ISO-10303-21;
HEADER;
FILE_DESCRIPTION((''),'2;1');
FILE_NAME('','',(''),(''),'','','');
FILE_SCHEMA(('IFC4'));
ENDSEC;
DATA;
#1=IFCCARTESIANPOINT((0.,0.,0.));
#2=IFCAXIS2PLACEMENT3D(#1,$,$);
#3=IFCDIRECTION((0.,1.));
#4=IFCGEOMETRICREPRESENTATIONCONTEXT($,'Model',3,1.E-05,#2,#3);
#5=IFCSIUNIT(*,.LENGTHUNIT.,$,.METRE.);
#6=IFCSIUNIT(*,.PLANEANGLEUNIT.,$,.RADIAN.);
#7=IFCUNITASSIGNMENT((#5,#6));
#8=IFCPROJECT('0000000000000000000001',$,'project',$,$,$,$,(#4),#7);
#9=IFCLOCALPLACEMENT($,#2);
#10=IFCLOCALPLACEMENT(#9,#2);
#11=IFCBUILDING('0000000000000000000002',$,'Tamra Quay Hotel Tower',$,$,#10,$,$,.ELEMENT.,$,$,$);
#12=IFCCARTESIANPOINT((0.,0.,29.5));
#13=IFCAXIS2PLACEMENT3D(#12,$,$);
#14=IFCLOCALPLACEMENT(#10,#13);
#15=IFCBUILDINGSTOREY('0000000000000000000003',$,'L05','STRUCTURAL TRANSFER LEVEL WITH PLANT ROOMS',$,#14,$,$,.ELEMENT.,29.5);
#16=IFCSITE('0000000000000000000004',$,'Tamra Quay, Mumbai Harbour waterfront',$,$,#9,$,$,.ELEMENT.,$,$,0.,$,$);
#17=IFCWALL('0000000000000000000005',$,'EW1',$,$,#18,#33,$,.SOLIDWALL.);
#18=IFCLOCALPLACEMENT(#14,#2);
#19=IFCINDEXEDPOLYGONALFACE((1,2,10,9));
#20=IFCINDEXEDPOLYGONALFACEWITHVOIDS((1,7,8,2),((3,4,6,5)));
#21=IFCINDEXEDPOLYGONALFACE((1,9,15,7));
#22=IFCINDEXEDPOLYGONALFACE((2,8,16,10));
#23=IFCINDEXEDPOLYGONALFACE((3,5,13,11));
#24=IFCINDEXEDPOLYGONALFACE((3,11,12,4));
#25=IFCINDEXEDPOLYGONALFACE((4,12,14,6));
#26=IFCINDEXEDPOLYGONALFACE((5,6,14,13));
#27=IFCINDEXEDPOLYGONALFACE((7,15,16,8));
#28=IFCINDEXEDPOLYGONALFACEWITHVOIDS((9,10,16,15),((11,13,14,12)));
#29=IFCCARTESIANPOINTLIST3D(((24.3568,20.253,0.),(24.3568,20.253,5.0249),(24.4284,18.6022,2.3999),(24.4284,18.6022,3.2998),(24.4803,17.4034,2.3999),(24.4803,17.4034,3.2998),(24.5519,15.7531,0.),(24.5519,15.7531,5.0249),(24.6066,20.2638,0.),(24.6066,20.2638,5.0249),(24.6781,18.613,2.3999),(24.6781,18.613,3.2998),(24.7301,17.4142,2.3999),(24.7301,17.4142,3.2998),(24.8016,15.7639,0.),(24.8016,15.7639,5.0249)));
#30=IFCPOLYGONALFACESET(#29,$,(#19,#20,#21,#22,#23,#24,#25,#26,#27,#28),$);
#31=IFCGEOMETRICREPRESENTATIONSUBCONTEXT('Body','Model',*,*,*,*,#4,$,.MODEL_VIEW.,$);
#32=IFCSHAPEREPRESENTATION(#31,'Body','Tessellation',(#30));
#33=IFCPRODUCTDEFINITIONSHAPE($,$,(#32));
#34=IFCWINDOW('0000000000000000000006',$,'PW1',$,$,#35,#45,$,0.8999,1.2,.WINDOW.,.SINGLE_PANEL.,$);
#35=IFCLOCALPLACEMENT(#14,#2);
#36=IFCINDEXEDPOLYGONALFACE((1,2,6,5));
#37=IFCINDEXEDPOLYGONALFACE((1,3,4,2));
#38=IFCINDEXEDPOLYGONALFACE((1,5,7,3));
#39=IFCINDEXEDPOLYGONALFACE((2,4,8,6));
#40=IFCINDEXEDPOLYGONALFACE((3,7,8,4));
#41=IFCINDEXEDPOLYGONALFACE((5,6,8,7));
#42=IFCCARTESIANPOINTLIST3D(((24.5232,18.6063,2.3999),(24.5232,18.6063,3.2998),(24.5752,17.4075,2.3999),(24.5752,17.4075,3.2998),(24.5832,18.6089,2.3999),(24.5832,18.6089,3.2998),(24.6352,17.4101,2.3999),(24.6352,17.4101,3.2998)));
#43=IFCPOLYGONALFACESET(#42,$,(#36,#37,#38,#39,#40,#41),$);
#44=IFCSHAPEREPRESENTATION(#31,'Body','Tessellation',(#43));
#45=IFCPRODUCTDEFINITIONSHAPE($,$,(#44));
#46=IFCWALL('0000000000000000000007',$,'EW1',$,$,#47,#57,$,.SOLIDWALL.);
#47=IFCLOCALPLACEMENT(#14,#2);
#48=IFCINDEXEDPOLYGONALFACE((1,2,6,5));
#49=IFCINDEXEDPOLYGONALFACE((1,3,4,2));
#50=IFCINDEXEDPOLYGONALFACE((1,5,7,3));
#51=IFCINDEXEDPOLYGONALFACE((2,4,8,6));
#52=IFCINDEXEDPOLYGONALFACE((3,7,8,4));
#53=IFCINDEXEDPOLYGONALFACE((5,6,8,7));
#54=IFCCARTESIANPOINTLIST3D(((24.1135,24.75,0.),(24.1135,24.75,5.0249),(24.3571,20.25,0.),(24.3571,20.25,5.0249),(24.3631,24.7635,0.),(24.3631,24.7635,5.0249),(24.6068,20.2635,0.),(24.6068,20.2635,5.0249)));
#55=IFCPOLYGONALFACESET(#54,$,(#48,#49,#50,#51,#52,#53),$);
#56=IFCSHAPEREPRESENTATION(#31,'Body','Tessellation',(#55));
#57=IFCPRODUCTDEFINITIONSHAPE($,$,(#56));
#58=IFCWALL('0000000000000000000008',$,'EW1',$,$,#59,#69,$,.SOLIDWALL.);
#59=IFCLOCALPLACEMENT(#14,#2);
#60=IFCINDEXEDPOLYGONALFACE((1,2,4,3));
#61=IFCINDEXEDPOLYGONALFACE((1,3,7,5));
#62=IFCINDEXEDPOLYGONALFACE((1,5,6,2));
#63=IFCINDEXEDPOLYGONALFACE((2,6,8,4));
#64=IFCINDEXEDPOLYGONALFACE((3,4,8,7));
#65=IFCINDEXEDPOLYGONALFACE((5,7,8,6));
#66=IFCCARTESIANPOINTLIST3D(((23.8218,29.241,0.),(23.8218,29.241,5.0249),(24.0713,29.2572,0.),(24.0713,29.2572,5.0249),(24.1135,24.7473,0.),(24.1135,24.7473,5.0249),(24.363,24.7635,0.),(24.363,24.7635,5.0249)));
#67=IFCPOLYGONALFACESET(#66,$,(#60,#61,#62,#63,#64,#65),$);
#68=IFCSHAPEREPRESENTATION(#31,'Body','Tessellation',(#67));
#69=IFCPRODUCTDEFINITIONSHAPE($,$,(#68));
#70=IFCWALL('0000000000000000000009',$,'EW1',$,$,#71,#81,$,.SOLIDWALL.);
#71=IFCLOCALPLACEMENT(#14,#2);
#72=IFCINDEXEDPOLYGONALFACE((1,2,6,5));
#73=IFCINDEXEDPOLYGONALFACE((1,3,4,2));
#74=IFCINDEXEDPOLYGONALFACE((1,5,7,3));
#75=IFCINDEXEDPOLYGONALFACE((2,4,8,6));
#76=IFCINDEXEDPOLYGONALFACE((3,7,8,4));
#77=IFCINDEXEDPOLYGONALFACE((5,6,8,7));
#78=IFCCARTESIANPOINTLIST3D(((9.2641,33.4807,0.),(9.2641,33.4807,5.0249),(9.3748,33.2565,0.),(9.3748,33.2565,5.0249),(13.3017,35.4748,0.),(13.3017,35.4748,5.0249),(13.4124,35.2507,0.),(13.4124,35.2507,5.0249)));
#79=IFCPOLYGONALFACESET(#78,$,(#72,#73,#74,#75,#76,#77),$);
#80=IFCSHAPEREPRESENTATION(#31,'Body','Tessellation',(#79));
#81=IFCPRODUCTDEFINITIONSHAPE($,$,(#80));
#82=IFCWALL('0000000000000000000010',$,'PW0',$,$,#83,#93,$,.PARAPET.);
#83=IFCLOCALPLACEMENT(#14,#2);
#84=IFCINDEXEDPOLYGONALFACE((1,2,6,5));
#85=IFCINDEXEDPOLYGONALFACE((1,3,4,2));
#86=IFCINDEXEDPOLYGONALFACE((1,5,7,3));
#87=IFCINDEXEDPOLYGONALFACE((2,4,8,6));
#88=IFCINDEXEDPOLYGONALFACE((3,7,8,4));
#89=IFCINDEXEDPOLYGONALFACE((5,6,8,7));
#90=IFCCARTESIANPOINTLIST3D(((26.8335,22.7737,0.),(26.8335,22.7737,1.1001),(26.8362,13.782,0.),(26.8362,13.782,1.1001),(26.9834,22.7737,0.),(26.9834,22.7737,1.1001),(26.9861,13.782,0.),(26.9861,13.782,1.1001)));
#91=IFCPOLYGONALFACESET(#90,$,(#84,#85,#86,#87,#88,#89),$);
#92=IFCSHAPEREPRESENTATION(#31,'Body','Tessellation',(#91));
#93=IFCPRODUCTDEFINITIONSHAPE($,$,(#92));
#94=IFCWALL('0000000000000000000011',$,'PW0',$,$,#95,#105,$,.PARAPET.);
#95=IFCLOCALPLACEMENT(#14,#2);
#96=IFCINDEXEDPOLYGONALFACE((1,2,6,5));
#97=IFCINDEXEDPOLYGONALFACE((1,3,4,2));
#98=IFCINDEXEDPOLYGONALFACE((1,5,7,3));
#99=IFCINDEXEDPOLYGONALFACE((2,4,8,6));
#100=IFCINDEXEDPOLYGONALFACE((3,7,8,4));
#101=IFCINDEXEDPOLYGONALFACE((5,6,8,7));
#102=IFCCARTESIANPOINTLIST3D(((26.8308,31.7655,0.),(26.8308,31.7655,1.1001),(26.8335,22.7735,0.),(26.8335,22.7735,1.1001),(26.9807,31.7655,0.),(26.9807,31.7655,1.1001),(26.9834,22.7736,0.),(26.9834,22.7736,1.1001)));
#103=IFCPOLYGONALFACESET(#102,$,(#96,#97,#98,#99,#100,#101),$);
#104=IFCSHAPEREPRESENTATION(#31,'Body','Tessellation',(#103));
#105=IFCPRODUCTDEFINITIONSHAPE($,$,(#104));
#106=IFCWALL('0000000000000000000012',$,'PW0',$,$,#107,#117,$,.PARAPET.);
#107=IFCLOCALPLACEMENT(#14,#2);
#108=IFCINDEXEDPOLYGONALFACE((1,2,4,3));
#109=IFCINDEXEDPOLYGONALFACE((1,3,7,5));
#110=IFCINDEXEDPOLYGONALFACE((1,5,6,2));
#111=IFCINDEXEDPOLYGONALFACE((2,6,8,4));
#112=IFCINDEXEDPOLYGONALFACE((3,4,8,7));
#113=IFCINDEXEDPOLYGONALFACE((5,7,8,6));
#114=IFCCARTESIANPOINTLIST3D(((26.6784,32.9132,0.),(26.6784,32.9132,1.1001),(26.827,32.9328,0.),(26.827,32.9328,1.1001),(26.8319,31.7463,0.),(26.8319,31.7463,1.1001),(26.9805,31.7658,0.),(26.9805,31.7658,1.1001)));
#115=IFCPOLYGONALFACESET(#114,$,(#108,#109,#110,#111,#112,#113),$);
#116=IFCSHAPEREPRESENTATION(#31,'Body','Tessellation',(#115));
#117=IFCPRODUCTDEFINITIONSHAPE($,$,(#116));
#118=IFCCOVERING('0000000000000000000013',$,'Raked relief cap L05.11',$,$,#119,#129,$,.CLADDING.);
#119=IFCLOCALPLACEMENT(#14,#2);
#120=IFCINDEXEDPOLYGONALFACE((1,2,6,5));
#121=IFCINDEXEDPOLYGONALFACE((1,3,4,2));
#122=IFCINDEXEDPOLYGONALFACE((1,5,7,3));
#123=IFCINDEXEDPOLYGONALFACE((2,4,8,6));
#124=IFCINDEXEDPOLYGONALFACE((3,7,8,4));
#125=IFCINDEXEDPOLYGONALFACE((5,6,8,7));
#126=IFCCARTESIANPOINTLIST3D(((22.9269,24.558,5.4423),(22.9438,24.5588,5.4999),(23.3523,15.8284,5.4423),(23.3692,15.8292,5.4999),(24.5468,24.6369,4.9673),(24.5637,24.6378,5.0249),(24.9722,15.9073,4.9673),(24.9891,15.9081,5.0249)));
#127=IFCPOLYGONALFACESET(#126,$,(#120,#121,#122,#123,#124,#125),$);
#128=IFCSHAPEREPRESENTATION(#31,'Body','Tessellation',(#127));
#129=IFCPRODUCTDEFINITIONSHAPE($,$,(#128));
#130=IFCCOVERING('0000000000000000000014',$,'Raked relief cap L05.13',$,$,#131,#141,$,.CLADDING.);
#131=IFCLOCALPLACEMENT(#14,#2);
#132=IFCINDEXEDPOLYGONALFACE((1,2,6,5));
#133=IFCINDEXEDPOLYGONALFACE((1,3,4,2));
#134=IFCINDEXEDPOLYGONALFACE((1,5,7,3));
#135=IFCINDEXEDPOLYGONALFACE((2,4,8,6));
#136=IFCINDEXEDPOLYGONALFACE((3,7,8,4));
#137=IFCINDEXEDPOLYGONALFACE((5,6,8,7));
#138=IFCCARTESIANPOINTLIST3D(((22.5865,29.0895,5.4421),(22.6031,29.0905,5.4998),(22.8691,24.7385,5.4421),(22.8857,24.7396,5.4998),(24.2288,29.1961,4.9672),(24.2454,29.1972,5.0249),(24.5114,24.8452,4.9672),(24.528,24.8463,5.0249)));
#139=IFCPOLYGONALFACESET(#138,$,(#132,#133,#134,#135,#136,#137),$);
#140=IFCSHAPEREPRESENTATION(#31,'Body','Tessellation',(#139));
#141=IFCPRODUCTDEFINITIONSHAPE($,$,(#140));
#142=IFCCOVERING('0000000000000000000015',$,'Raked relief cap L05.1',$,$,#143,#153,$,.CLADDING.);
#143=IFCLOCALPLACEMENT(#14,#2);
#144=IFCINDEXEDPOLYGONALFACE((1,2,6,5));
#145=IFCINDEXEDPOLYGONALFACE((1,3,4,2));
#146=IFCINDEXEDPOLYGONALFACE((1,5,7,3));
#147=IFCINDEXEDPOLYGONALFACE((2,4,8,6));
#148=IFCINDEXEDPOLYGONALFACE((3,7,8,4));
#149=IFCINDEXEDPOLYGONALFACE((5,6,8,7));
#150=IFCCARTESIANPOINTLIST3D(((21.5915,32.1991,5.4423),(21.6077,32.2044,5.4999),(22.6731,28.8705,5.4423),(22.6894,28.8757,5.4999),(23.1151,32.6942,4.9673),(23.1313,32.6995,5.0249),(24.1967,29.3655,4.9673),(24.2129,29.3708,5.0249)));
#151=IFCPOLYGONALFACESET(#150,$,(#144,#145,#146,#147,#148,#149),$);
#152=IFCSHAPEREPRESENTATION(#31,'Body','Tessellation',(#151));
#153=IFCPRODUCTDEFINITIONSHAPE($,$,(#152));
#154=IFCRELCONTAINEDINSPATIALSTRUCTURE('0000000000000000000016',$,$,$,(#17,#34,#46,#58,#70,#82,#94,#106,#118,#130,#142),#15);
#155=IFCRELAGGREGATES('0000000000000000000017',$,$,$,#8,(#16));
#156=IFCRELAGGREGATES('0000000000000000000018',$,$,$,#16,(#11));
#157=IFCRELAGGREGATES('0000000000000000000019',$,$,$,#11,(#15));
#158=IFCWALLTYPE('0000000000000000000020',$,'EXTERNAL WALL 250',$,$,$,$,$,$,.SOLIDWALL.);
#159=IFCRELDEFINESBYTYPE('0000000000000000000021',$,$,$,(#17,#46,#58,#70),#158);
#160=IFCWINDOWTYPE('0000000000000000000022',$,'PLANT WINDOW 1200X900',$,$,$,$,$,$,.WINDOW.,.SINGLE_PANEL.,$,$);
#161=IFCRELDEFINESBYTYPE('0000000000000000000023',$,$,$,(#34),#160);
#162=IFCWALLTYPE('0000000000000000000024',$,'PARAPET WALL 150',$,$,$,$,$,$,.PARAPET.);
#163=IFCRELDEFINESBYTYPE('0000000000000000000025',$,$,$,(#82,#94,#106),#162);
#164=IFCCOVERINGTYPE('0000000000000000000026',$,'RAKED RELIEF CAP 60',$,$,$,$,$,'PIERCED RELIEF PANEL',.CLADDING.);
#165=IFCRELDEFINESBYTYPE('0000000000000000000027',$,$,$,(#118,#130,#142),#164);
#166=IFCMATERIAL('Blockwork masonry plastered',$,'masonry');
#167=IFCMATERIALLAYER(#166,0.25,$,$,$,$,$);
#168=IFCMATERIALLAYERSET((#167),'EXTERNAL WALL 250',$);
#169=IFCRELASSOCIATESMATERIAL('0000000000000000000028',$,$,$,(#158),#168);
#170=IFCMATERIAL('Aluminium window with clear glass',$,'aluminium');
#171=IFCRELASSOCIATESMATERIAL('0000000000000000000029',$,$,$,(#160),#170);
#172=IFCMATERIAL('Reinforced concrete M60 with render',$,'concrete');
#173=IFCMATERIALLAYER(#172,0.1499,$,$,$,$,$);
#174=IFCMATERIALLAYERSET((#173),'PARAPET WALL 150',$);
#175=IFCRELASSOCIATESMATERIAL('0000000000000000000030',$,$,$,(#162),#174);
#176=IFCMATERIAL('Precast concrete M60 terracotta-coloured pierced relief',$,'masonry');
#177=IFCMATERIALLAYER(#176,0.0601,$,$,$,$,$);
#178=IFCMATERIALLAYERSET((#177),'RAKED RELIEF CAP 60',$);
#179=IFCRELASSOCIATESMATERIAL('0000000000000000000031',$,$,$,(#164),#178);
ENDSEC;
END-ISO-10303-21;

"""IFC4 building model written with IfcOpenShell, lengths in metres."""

from ifc_helpers import new_model, si_unit, direction, frame, frame_2d, origin, place, context, subcontext, project, spatial, rectangle, extrude, source, transform, mapped, material, layer, layer_set, type_object, element, fill, save


model = new_model("IFC4")

# Units and contexts
model_context = context("Model", 3, precision=1e-05, world=origin(), true_north=direction((0.0, 1.0)))
body_context = subcontext(model_context, "Body", "Model", "MODEL_VIEW")
ifc_project = project(units=[si_unit("LENGTHUNIT", "METRE"), si_unit("PLANEANGLEUNIT", "RADIAN")], contexts=[model_context])

# Site, building, storey
site_placement = place(None, origin())
site = spatial("IfcSite", under=ifc_project, at=site_placement, Name="Tamra Quay, Mumbai Harbour waterfront", CompositionType="ELEMENT", RefElevation=0.0)
building_placement = place(site_placement, origin())
building = spatial("IfcBuilding", under=site, at=building_placement, Name="Tamra Quay Hotel Tower", CompositionType="ELEMENT")
storey_placement = place(building_placement, frame((0.0, 0.0, 29.5)))
storey = spatial("IfcBuildingStorey", under=building, at=storey_placement, Name="L05", Description="STRUCTURAL TRANSFER LEVEL WITH PLANT ROOMS", CompositionType="ELEMENT", Elevation=29.5)

# Wall, opening, window
ifc_material_1 = material(Name="Blockwork masonry plastered", Category="masonry")
ifc_layer_1 = layer(ifc_material_1, 0.25)
ifc_layer_set_1 = layer_set([ifc_layer_1], Name="EXTERNAL WALL 250")
wall_type_1 = type_object("IfcWallType", Name="EXTERNAL WALL 250", PredefinedType="SOLIDWALL", material=ifc_layer_set_1)
wall_1_placement = place(storey_placement, frame((24.4817, 20.2583, 0.0), z_axis=(0.0, 0.0, 1.0), x_axis=(0.043308, -0.999062, 0.0)))
wall_1 = element("IfcWall", 1, at=wall_1_placement, inside=storey, type_object=wall_type_1, Name="EW1", PredefinedType="SOLIDWALL", context=body_context, shape_type="SweptSolid", body=[
    extrude(rectangle(XDim=4.5042, YDim=0.25, at=frame_2d((2.252, 0.0))), origin(), (0.0, 0.0, 1.0), 5.0249),
])
opening_1_placement = place(wall_1_placement, frame((1.6521, 0.0, 2.3999)))
opening_1 = element("IfcOpeningElement", 2, at=opening_1_placement, cuts=wall_1, PredefinedType="OPENING", context=body_context, shape_type="SweptSolid", body=[
    extrude(rectangle(XDim=1.2, YDim=0.8999, at=frame_2d((0.6001, 0.45))), frame((0.0, 0.135, 0.0), z_axis=(0.0, -1.0, 0.0), x_axis=(1.0, 0.0, 0.0)), (0.0, 0.0, 1.0), 0.27),
])
ifc_material_2 = material(Name="Aluminium window with clear glass", Category="aluminium")
window_type = type_object("IfcWindowType", Name="PLANT WINDOW 1200X900", PartitioningType="SINGLE_PANEL", PredefinedType="WINDOW", material=ifc_material_2)
window_placement = place(opening_1_placement, origin())
window = element("IfcWindow", 3, at=window_placement, inside=storey, type_object=window_type, Name="PW1", OverallHeight=0.8999, OverallWidth=1.2, PartitioningType="SINGLE_PANEL", PredefinedType="WINDOW", context=body_context, shape_type="SweptSolid", body=[
    extrude(rectangle(XDim=1.2, YDim=0.8999, at=frame_2d((0.6001, 0.45))), frame((0.0, 0.03, 0.0), z_axis=(0.0, -1.0, 0.0), x_axis=(1.0, 0.0, 0.0)), (0.0, 0.0, 1.0), 0.0601),
])
fill(opening_1, window)

# Walls
wall_2_placement = place(storey_placement, frame((24.2383, 24.7568, 0.0), z_axis=(0.0, 0.0, 1.0), x_axis=(0.054066, -0.998537, 0.0)))
element("IfcWall", 4, at=wall_2_placement, inside=storey, type_object=wall_type_1, Name="EW1", PredefinedType="SOLIDWALL", context=body_context, shape_type="SweptSolid", body=[
    extrude(rectangle(XDim=4.5066, YDim=0.25, at=frame_2d((2.2534, 0.0))), origin(), (0.0, 0.0, 1.0), 5.0249),
])
for number, where, z_axis, x_axis, name in (
    (5, (23.9465, 29.249, 0.0), (0.0, 0.0, 1.0), (0.064788, -0.997899, 0.0), "EW1"),
    (6, (9.3196, 33.3687, 0.0), (0.0, 0.0, 1.0), (0.896607, 0.442828, 0.0), "EW1"),
):
    element("IfcWall", number, at=place(storey_placement, frame(where, z_axis=z_axis, x_axis=x_axis)), inside=storey, type_object=wall_type_1, Name=name, PredefinedType="SOLIDWALL", context=body_context, shape_type="SweptSolid", body=[
        extrude(rectangle(XDim=4.5032, YDim=0.25, at=frame_2d((2.2515, 0.0))), origin(), (0.0, 0.0, 1.0), 5.0249),
    ])
ifc_material_3 = material(Name="Reinforced concrete M60 with render", Category="concrete")
ifc_layer_2 = layer(ifc_material_3, 0.1499)
ifc_layer_set_2 = layer_set([ifc_layer_2], Name="PARAPET WALL 150")
wall_type_2 = type_object("IfcWallType", Name="PARAPET WALL 150", PredefinedType="PARAPET", material=ifc_layer_set_2)
wall_3_placement = place(storey_placement, frame((26.9084, 22.7737, 0.0), z_axis=(0.0, 0.0, 1.0), x_axis=(0.000299, -1.0, 0.0)))
element("IfcWall", 7, at=wall_3_placement, inside=storey, type_object=wall_type_2, Name="PW0", PredefinedType="PARAPET", context=body_context, shape_type="SweptSolid", body=[
    extrude(rectangle(XDim=8.9917, YDim=0.1499, at=frame_2d((4.4958, 0.0))), origin(), (0.0, 0.0, 1.0), 1.1001),
])
wall_4_placement = place(storey_placement, frame((26.9058, 31.7656, 0.0), z_axis=(0.0, 0.0, 1.0), x_axis=(0.000299, -1.0, 0.0)))
element("IfcWall", 8, at=wall_4_placement, inside=storey, type_object=wall_type_2, Name="PW0", PredefinedType="PARAPET", context=body_context, shape_type="SweptSolid", body=[
    extrude(rectangle(XDim=8.9919, YDim=0.1499, at=frame_2d((4.4961, 0.0))), origin(), (0.0, 0.0, 1.0), 1.1001),
])
wall_5_placement = place(storey_placement, frame((26.7527, 32.9229, 0.0), z_axis=(0.0, 0.0, 1.0), x_axis=(0.130465, -0.991453, 0.0)))
element("IfcWall", 9, at=wall_5_placement, inside=storey, type_object=wall_type_2, Name="PW0", PredefinedType="PARAPET", context=body_context, shape_type="SweptSolid", body=[
    extrude(rectangle(XDim=1.177, YDim=0.1499, at=frame_2d((0.5884, 0.0))), origin(), (0.0, 0.0, 1.0), 1.1001),
])

# Coverings
ifc_material_4 = material(Name="Precast concrete M60 terracotta-coloured pierced relief", Category="masonry")
ifc_layer_3 = layer(ifc_material_4, 0.0601)
ifc_layer_set_3 = layer_set([ifc_layer_3], Name="RAKED RELIEF CAP 60")
covering_type_1 = type_object("IfcCoveringType", Name="RAKED RELIEF CAP 60", ElementType="PIERCED RELIEF PANEL", PredefinedType="CLADDING", material=ifc_layer_set_3)
shared_shape_1 = source(origin(), body_context, "Body", "SweptSolid", [
    extrude(rectangle(XDim=8.74, YDim=1.6899, at=frame_2d((4.3701, 0.845))), frame((-4.3701, 0.0, -0.0601)), (0.0, 0.0, 1.0), 0.0601),
])
covering_1_placement = place(storey_placement, frame((24.7764, 20.2729, 5.0249), z_axis=(0.280752, 0.013682, 0.959683), x_axis=(-0.048676, 0.998815, 0.0)))
element("IfcCovering", 10, at=covering_1_placement, inside=storey, type_object=covering_type_1, Name="Raked relief cap L05.11", PredefinedType="CLADDING", context=body_context, shape_type="MappedRepresentation", body=[
    mapped(shared_shape_1, transform((0.0, 0.0, 0.0), scale=1.0)),
])
shared_shape_2 = source(origin(), body_context, "Body", "SweptSolid", [
    extrude(rectangle(XDim=4.3601, YDim=1.7129, at=frame_2d((2.1802, 0.8564))), frame((-2.1799, 0.0, -0.0601)), (0.0, 0.0, 1.0), 0.0601),
])
covering_2_placement = place(storey_placement, frame((24.3867, 27.0215, 5.0249), z_axis=(0.276681, 0.01797, 0.960794), x_axis=(-0.064813, 0.997897, 0.0)))
element("IfcCovering", 11, at=covering_2_placement, inside=storey, type_object=covering_type_1, Name="Raked relief cap L05.13", PredefinedType="CLADDING", context=body_context, shape_type="MappedRepresentation", body=[
    mapped(shared_shape_2, transform((0.0, 0.0, 0.0), scale=1.0)),
])
shared_shape_3 = source(origin(), body_context, "Body", "SweptSolid", [
    extrude(rectangle(XDim=3.5, YDim=1.6709, at=frame_2d((1.75, 0.8354))), frame((-1.75, 0.0, -0.0601)), (0.0, 0.0, 1.0), 0.0601),
])
covering_3_placement = place(storey_placement, frame((23.6721, 31.0352, 5.0249), z_axis=(0.270335, 0.087845, 0.95875), x_axis=(-0.309041, 0.951049, 0.0)))
element("IfcCovering", 12, at=covering_3_placement, inside=storey, type_object=covering_type_1, Name="Raked relief cap L05.1", PredefinedType="CLADDING", context=body_context, shape_type="MappedRepresentation", body=[
    mapped(shared_shape_3, transform((0.0, 0.0, 0.0), scale=1.0)),
])

save(model, "model.ifc")
